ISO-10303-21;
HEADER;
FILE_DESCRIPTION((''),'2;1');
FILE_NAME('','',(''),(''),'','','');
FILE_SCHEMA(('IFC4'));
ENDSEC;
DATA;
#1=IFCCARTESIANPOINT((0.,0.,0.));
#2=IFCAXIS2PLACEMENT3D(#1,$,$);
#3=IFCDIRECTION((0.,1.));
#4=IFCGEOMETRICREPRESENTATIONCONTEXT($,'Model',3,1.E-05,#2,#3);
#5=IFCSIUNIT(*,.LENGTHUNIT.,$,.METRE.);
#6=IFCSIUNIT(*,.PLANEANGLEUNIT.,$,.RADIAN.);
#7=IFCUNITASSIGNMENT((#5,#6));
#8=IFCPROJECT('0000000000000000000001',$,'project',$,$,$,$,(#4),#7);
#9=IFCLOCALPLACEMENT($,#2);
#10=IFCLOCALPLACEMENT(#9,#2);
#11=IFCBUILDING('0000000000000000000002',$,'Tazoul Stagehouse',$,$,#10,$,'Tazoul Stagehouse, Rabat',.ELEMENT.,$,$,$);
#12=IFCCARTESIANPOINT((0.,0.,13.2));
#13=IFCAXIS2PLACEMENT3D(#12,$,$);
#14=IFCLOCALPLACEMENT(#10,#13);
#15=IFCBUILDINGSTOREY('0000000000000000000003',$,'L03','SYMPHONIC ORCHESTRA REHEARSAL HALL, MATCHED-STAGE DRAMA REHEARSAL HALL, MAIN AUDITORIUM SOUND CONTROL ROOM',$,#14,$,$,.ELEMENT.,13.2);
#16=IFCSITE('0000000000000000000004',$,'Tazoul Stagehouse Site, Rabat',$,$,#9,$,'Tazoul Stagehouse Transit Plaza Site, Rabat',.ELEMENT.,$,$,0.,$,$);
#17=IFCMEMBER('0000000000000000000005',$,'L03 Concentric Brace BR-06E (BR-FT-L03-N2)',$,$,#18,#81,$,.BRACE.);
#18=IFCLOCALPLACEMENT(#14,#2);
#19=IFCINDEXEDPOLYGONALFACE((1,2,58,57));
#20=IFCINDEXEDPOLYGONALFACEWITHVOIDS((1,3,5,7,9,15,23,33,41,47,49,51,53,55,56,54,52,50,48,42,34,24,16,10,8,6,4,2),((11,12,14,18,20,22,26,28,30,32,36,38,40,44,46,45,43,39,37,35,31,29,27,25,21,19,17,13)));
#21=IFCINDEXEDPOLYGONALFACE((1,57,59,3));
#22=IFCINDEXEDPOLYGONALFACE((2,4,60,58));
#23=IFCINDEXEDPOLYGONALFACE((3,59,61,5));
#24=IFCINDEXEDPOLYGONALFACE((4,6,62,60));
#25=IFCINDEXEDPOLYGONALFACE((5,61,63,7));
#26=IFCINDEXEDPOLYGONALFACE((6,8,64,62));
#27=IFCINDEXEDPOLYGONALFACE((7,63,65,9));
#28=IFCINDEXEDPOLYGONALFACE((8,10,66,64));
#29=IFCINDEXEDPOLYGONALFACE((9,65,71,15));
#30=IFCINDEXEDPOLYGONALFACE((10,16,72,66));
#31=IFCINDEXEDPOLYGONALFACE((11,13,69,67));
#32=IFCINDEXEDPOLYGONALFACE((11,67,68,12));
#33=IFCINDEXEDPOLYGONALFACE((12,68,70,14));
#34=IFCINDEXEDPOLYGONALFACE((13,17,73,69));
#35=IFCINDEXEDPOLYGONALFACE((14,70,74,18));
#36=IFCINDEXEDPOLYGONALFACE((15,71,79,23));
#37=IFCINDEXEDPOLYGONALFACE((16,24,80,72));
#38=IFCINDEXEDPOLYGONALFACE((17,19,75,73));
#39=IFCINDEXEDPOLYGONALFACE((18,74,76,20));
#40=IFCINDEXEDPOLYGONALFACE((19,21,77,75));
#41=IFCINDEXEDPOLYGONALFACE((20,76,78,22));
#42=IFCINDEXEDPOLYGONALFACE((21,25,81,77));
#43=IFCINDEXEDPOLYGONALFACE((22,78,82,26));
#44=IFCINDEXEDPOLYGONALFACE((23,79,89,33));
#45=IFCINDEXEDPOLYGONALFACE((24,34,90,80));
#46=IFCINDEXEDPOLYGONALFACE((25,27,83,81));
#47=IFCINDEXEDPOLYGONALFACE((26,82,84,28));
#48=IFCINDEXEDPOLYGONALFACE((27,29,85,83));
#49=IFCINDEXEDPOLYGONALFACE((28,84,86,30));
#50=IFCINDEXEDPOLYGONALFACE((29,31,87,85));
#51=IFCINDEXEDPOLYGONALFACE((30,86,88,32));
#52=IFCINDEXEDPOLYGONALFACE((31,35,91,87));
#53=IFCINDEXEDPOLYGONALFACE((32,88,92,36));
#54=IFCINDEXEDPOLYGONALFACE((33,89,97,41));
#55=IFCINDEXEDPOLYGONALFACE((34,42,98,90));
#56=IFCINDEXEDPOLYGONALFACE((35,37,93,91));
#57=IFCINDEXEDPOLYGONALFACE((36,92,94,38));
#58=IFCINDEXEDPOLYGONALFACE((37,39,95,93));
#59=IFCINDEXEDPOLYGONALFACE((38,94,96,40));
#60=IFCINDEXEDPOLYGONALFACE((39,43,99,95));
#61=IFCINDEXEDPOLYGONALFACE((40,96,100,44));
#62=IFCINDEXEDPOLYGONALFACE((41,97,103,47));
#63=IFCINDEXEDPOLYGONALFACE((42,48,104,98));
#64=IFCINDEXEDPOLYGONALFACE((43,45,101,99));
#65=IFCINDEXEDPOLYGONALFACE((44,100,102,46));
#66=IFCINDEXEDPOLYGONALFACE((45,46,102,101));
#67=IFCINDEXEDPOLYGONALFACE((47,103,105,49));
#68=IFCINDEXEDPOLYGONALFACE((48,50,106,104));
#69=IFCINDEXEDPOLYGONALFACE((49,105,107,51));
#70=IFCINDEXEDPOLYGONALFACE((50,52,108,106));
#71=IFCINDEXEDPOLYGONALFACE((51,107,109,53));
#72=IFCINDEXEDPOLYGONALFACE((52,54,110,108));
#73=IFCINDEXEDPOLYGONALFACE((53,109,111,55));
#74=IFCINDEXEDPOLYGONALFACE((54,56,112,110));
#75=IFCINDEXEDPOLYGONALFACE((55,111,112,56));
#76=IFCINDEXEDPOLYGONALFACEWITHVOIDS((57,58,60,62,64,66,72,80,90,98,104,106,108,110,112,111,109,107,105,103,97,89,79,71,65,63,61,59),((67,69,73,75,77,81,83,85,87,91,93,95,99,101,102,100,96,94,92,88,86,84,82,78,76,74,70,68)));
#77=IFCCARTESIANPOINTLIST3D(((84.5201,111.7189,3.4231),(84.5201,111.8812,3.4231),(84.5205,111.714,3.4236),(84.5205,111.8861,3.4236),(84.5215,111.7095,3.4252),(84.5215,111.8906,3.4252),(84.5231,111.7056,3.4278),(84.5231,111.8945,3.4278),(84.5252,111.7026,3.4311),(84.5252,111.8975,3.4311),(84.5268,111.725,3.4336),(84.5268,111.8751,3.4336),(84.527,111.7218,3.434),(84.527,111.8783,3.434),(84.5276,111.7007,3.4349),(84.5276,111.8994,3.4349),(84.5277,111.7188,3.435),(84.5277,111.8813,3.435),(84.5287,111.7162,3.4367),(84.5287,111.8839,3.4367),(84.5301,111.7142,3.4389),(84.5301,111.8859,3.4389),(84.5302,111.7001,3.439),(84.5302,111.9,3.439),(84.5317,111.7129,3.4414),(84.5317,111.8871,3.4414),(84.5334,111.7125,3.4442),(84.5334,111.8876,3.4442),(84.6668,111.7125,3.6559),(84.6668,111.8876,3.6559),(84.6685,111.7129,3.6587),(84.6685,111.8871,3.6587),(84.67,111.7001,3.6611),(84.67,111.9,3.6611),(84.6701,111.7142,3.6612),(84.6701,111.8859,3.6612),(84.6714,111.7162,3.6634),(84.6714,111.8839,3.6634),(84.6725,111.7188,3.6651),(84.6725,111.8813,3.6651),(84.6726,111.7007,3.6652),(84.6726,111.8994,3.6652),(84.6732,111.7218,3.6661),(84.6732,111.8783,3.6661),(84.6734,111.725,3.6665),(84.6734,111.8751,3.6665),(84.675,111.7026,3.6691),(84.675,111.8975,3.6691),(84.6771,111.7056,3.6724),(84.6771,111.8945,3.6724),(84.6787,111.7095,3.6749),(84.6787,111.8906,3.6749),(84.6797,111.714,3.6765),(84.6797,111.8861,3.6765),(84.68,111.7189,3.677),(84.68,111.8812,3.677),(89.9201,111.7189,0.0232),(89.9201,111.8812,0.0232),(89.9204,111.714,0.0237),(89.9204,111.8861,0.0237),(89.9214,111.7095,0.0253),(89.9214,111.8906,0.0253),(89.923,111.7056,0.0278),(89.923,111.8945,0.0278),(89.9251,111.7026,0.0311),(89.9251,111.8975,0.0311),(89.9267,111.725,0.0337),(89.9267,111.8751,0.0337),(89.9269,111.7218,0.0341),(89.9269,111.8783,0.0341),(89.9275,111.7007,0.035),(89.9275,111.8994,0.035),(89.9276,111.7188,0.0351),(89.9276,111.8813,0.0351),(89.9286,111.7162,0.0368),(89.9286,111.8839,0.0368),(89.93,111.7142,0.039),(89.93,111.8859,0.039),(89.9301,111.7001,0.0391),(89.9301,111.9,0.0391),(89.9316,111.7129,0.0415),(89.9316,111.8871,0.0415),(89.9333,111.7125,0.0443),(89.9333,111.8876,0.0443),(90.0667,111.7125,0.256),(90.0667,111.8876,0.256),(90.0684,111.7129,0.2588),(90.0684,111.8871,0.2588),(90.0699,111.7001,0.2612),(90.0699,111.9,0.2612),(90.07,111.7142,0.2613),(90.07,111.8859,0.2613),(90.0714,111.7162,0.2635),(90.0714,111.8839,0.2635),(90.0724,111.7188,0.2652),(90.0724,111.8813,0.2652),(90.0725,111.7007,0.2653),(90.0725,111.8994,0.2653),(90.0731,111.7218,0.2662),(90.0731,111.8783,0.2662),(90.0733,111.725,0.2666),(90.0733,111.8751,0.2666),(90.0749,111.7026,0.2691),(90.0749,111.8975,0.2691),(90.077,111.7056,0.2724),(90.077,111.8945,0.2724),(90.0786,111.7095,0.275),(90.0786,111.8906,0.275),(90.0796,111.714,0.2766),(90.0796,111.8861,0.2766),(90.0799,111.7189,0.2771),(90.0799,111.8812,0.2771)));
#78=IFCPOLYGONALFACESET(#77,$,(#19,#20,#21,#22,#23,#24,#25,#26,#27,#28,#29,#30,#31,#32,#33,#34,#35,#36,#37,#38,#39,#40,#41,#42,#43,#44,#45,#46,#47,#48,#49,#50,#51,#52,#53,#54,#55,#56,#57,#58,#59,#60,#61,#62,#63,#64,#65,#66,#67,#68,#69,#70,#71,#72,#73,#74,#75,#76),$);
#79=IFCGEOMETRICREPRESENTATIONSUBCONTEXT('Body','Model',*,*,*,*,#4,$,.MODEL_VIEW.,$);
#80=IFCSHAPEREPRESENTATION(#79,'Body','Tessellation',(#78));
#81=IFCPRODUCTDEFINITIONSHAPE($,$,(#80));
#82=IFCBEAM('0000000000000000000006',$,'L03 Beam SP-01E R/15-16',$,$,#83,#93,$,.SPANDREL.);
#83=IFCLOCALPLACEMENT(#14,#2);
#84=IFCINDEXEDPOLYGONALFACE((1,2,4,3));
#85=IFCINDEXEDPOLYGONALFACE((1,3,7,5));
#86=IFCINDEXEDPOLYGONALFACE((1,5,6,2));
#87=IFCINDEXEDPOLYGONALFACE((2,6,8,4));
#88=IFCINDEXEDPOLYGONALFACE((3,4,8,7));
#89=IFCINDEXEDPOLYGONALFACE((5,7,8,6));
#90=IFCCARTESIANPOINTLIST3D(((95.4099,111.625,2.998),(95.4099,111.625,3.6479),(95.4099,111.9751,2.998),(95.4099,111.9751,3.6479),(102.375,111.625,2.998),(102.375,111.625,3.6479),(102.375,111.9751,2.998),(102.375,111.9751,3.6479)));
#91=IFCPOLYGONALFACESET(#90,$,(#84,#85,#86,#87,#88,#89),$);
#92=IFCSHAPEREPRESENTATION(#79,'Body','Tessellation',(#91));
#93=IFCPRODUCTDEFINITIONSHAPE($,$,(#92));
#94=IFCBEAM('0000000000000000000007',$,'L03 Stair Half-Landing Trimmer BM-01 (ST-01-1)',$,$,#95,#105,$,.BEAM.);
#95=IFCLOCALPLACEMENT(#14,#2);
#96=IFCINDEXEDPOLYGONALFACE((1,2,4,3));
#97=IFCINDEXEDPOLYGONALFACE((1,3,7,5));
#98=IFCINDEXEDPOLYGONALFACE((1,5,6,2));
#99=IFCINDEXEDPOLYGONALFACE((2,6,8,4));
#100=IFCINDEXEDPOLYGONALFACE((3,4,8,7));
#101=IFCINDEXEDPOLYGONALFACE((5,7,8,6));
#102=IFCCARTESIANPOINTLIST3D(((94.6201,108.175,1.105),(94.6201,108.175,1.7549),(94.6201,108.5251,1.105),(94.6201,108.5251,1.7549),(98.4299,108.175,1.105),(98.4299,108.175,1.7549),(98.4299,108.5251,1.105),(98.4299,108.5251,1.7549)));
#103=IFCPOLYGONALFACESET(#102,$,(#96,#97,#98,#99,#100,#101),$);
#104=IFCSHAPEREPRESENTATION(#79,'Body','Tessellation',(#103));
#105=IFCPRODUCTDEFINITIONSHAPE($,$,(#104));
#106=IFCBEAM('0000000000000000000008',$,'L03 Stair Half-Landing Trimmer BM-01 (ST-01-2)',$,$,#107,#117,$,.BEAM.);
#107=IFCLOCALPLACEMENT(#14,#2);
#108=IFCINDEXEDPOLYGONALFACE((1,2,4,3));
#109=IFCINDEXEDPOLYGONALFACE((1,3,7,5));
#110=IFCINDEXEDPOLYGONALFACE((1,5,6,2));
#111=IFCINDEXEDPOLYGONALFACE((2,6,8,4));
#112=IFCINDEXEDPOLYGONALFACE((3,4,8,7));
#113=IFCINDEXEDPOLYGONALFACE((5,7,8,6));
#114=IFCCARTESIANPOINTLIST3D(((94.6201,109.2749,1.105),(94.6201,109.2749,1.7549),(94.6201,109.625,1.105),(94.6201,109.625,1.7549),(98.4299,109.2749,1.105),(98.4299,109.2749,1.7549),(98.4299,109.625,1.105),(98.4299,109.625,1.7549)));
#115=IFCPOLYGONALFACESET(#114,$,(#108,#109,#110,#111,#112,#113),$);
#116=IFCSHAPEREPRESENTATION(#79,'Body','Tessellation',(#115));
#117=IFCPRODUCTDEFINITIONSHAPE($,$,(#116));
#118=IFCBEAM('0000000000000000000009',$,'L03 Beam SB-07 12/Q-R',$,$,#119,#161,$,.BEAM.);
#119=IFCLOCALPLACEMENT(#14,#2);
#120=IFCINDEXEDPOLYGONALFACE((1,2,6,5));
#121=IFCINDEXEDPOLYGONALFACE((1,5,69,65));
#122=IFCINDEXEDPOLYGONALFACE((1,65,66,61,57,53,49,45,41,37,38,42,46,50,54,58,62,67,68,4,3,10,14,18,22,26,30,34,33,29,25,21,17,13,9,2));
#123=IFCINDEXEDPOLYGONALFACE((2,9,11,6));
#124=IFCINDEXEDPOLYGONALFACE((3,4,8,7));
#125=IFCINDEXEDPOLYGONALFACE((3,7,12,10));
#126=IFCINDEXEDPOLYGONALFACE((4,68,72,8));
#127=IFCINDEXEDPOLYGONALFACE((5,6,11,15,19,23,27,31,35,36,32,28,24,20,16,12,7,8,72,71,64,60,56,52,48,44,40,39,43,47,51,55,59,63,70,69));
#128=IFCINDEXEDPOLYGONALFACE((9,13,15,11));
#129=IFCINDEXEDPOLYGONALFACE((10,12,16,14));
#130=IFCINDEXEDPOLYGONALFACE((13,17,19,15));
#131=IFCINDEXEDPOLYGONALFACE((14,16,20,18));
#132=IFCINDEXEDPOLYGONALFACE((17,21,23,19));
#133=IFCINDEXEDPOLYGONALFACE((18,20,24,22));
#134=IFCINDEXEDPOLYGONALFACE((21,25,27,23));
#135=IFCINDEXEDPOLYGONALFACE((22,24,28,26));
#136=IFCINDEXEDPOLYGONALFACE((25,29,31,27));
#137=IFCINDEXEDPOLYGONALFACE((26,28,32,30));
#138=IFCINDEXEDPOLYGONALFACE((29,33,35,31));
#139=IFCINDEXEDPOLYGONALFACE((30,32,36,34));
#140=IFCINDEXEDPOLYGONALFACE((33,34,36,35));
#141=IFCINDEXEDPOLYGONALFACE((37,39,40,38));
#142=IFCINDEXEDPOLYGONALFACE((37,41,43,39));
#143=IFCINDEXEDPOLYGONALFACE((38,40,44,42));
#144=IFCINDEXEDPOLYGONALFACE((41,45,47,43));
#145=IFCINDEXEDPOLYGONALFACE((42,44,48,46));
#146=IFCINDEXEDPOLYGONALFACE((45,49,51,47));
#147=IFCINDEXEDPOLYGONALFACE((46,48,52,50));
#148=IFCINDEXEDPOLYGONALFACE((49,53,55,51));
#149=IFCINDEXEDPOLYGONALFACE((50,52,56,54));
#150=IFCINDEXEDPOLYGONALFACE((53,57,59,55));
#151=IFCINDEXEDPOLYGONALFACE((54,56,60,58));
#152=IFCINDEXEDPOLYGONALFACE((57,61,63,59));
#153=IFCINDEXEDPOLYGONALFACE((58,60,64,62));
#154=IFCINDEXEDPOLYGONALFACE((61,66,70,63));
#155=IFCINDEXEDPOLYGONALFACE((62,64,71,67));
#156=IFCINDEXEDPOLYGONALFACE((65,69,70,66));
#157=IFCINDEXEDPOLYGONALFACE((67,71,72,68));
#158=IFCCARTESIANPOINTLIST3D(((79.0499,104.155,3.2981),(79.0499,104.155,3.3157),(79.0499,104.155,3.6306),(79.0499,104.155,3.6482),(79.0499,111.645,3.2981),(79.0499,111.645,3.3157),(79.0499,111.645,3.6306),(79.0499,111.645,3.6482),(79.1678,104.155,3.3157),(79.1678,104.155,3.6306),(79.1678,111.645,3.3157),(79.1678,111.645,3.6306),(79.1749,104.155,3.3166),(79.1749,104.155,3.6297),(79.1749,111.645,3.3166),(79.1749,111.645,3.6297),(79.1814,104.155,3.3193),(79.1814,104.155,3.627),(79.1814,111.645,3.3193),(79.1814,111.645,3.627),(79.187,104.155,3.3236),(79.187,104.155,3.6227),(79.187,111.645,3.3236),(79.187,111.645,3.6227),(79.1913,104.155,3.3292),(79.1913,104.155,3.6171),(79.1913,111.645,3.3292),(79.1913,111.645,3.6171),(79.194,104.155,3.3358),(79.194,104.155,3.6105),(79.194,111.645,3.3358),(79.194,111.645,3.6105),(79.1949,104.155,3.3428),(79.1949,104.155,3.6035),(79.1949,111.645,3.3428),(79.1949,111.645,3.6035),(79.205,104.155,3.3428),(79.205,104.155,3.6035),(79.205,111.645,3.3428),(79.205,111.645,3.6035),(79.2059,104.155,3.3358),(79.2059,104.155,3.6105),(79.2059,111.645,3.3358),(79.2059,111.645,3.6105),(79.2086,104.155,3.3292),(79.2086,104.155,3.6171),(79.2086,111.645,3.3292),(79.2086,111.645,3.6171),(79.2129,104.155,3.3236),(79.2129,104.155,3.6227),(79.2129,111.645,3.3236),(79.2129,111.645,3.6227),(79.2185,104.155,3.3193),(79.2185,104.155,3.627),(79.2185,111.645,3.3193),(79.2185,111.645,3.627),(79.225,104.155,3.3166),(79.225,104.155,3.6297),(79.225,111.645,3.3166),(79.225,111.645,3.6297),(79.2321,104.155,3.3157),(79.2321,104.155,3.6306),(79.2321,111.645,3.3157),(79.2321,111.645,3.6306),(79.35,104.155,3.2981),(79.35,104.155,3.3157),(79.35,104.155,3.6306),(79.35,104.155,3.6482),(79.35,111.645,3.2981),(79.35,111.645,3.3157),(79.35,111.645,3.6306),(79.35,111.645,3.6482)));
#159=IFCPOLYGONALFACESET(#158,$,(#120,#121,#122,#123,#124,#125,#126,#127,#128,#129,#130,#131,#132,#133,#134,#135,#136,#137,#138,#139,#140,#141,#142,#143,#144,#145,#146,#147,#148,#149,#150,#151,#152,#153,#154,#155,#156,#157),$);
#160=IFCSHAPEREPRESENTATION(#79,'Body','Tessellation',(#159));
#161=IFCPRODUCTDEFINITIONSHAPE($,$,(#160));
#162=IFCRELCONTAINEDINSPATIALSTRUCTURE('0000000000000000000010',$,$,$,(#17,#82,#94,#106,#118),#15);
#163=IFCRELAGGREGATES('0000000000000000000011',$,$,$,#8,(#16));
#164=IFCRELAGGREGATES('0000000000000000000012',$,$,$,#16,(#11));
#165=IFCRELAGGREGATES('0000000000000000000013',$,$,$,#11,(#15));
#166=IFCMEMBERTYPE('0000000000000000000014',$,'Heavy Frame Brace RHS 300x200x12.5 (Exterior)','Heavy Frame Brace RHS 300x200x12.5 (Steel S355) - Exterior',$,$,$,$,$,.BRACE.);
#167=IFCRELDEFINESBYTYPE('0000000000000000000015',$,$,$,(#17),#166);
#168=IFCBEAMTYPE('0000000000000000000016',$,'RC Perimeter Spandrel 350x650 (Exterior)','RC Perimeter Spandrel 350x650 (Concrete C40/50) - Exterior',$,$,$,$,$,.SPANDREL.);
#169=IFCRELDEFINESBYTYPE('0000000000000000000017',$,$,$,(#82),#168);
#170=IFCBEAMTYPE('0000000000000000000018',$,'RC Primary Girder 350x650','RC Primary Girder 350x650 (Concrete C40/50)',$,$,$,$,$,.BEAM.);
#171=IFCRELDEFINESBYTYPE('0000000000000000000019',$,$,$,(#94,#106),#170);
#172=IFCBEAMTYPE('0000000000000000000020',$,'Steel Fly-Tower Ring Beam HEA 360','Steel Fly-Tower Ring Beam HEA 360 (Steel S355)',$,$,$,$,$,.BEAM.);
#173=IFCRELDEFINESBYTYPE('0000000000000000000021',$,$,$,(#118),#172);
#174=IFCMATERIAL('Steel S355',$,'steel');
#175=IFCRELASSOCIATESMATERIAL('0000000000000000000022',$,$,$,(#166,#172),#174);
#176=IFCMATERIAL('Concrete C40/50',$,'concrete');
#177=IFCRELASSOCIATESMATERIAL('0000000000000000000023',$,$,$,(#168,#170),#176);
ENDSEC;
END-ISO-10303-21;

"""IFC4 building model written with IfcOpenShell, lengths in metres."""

from ifc_helpers import new_model, si_unit, direction, frame, origin, origin_2d, place, context, subcontext, project, spatial, rectangle, hollow_rectangle, i_section, extrude, material, material_profile, profile_set, type_object, element, save


model = new_model("IFC4")

# Units and contexts
model_context = context("Model", 3, precision=1e-05, world=origin(), true_north=direction((0.0, 1.0)))
body_context = subcontext(model_context, "Body", "Model", "MODEL_VIEW")
ifc_project = project(units=[si_unit("LENGTHUNIT", "METRE"), si_unit("PLANEANGLEUNIT", "RADIAN")], contexts=[model_context])

# Site, building, storey
site_placement = place(None, origin())
site = spatial("IfcSite", under=ifc_project, at=site_placement, Name="Tazoul Stagehouse Site, Rabat", LongName="Tazoul Stagehouse Transit Plaza Site, Rabat", CompositionType="ELEMENT", RefElevation=0.0)
building_placement = place(site_placement, origin())
building = spatial("IfcBuilding", under=site, at=building_placement, Name="Tazoul Stagehouse", LongName="Tazoul Stagehouse, Rabat", CompositionType="ELEMENT")
storey_placement = place(building_placement, frame((0.0, 0.0, 13.2)))
storey = spatial("IfcBuildingStorey", under=building, at=storey_placement, Name="L03", Description="SYMPHONIC ORCHESTRA REHEARSAL HALL, MATCHED-STAGE DRAMA REHEARSAL HALL, MAIN AUDITORIUM SOUND CONTROL ROOM", CompositionType="ELEMENT", Elevation=13.2)

# Shared definitions
ifc_material_1 = material(Name="Steel S355", Category="steel")

# Member
ifc_material_profile_1 = material_profile(ifc_material_1, hollow_rectangle(XDim=0.2, YDim=0.3, WallThickness=0.0125, InnerFilletRadius=0.0125, OuterFilletRadius=0.0188, at=origin_2d()), Name="RHS 300x200x12.5")
ifc_profile_set_1 = profile_set([ifc_material_profile_1], Name="Steel S355")
member_type = type_object("IfcMemberType", Name="Heavy Frame Brace RHS 300x200x12.5 (Exterior)", Description="Heavy Frame Brace RHS 300x200x12.5 (Steel S355) - Exterior", PredefinedType="BRACE", material=ifc_profile_set_1)
member_placement = place(storey_placement, frame((90.0, 111.8, 0.1501), z_axis=(-0.846235, 0.0, 0.532809), x_axis=(0.0, -1.0, 0.0)))
element("IfcMember", 1, at=member_placement, inside=storey, type_object=member_type, Name="L03 Concentric Brace BR-06E (BR-FT-L03-N2)", PredefinedType="BRACE", context=body_context, shape_type="SweptSolid", body=[
    extrude(hollow_rectangle(XDim=0.2, YDim=0.3, WallThickness=0.0125, InnerFilletRadius=0.0125, OuterFilletRadius=0.0188, at=origin_2d()), origin(), (0.0, 0.0, 1.0), 6.3811),
])

# Beams
ifc_material_2 = material(Name="Concrete C40/50", Category="concrete")
ifc_material_profile_2 = material_profile(ifc_material_2, rectangle(XDim=0.3501, YDim=0.6499, at=origin_2d()), Name="RC 350x650")
ifc_profile_set_2 = profile_set([ifc_material_profile_2], Name="Concrete C40/50")
beam_type_1 = type_object("IfcBeamType", Name="RC Perimeter Spandrel 350x650 (Exterior)", Description="RC Perimeter Spandrel 350x650 (Concrete C40/50) - Exterior", PredefinedType="SPANDREL", material=ifc_profile_set_2)
beam_1_placement = place(storey_placement, frame((95.4099, 111.8, 3.323), z_axis=(1.0, 0.0, 0.0), x_axis=(0.0, 1.0, 0.0)))
element("IfcBeam", 2, at=beam_1_placement, inside=storey, type_object=beam_type_1, Name="L03 Beam SP-01E R/15-16", PredefinedType="SPANDREL", context=body_context, shape_type="SweptSolid", body=[
    extrude(rectangle(XDim=0.3501, YDim=0.6499, at=origin_2d()), origin(), (0.0, 0.0, 1.0), 6.9651),
])
ifc_material_profile_3 = material_profile(ifc_material_2, rectangle(XDim=0.3501, YDim=0.6499, at=origin_2d()), Name="RC 350x650")
ifc_profile_set_3 = profile_set([ifc_material_profile_3], Name="Concrete C40/50")
beam_type_2 = type_object("IfcBeamType", Name="RC Primary Girder 350x650", Description="RC Primary Girder 350x650 (Concrete C40/50)", PredefinedType="BEAM", material=ifc_profile_set_3)
for number, where, z_axis, x_axis, name in (
    (3, (94.6201, 108.3501, 1.4299), (1.0, 0.0, 0.0), (0.0, 1.0, 0.0), "L03 Stair Half-Landing Trimmer BM-01 (ST-01-1)"),
    (4, (94.6201, 109.45, 1.4299), (1.0, 0.0, 0.0), (0.0, 1.0, 0.0), "L03 Stair Half-Landing Trimmer BM-01 (ST-01-2)"),
):
    element("IfcBeam", number, at=place(storey_placement, frame(where, z_axis=z_axis, x_axis=x_axis)), inside=storey, type_object=beam_type_2, Name=name, PredefinedType="BEAM", context=body_context, shape_type="SweptSolid", body=[
        extrude(rectangle(XDim=0.3501, YDim=0.6499, at=origin_2d()), origin(), (0.0, 0.0, 1.0), 3.8098),
    ])
ifc_material_profile_4 = material_profile(ifc_material_1, i_section(OverallWidth=0.3, OverallDepth=0.3501, WebThickness=0.01, FlangeThickness=0.0176, FilletRadius=0.0271, at=origin_2d()), Name="HEA 360")
ifc_profile_set_4 = profile_set([ifc_material_profile_4], Name="Steel S355")
beam_type_3 = type_object("IfcBeamType", Name="Steel Fly-Tower Ring Beam HEA 360", Description="Steel Fly-Tower Ring Beam HEA 360 (Steel S355)", PredefinedType="BEAM", material=ifc_profile_set_4)
for number, where, z_axis, x_axis, name in (
    (5, (79.2, 104.155, 3.4731), (0.0, 1.0, 0.0), (-1.0, 0.0, 0.0), "L03 Beam SB-07 12/Q-R"),
):
    element("IfcBeam", number, at=place(storey_placement, frame(where, z_axis=z_axis, x_axis=x_axis)), inside=storey, type_object=beam_type_3, Name=name, PredefinedType="BEAM", context=body_context, shape_type="SweptSolid", body=[
        extrude(i_section(OverallWidth=0.3, OverallDepth=0.3501, WebThickness=0.01, FlangeThickness=0.0176, FilletRadius=0.0271, at=origin_2d()), origin(), (0.0, 0.0, 1.0), 7.49),
    ])

save(model, "model.ifc")
